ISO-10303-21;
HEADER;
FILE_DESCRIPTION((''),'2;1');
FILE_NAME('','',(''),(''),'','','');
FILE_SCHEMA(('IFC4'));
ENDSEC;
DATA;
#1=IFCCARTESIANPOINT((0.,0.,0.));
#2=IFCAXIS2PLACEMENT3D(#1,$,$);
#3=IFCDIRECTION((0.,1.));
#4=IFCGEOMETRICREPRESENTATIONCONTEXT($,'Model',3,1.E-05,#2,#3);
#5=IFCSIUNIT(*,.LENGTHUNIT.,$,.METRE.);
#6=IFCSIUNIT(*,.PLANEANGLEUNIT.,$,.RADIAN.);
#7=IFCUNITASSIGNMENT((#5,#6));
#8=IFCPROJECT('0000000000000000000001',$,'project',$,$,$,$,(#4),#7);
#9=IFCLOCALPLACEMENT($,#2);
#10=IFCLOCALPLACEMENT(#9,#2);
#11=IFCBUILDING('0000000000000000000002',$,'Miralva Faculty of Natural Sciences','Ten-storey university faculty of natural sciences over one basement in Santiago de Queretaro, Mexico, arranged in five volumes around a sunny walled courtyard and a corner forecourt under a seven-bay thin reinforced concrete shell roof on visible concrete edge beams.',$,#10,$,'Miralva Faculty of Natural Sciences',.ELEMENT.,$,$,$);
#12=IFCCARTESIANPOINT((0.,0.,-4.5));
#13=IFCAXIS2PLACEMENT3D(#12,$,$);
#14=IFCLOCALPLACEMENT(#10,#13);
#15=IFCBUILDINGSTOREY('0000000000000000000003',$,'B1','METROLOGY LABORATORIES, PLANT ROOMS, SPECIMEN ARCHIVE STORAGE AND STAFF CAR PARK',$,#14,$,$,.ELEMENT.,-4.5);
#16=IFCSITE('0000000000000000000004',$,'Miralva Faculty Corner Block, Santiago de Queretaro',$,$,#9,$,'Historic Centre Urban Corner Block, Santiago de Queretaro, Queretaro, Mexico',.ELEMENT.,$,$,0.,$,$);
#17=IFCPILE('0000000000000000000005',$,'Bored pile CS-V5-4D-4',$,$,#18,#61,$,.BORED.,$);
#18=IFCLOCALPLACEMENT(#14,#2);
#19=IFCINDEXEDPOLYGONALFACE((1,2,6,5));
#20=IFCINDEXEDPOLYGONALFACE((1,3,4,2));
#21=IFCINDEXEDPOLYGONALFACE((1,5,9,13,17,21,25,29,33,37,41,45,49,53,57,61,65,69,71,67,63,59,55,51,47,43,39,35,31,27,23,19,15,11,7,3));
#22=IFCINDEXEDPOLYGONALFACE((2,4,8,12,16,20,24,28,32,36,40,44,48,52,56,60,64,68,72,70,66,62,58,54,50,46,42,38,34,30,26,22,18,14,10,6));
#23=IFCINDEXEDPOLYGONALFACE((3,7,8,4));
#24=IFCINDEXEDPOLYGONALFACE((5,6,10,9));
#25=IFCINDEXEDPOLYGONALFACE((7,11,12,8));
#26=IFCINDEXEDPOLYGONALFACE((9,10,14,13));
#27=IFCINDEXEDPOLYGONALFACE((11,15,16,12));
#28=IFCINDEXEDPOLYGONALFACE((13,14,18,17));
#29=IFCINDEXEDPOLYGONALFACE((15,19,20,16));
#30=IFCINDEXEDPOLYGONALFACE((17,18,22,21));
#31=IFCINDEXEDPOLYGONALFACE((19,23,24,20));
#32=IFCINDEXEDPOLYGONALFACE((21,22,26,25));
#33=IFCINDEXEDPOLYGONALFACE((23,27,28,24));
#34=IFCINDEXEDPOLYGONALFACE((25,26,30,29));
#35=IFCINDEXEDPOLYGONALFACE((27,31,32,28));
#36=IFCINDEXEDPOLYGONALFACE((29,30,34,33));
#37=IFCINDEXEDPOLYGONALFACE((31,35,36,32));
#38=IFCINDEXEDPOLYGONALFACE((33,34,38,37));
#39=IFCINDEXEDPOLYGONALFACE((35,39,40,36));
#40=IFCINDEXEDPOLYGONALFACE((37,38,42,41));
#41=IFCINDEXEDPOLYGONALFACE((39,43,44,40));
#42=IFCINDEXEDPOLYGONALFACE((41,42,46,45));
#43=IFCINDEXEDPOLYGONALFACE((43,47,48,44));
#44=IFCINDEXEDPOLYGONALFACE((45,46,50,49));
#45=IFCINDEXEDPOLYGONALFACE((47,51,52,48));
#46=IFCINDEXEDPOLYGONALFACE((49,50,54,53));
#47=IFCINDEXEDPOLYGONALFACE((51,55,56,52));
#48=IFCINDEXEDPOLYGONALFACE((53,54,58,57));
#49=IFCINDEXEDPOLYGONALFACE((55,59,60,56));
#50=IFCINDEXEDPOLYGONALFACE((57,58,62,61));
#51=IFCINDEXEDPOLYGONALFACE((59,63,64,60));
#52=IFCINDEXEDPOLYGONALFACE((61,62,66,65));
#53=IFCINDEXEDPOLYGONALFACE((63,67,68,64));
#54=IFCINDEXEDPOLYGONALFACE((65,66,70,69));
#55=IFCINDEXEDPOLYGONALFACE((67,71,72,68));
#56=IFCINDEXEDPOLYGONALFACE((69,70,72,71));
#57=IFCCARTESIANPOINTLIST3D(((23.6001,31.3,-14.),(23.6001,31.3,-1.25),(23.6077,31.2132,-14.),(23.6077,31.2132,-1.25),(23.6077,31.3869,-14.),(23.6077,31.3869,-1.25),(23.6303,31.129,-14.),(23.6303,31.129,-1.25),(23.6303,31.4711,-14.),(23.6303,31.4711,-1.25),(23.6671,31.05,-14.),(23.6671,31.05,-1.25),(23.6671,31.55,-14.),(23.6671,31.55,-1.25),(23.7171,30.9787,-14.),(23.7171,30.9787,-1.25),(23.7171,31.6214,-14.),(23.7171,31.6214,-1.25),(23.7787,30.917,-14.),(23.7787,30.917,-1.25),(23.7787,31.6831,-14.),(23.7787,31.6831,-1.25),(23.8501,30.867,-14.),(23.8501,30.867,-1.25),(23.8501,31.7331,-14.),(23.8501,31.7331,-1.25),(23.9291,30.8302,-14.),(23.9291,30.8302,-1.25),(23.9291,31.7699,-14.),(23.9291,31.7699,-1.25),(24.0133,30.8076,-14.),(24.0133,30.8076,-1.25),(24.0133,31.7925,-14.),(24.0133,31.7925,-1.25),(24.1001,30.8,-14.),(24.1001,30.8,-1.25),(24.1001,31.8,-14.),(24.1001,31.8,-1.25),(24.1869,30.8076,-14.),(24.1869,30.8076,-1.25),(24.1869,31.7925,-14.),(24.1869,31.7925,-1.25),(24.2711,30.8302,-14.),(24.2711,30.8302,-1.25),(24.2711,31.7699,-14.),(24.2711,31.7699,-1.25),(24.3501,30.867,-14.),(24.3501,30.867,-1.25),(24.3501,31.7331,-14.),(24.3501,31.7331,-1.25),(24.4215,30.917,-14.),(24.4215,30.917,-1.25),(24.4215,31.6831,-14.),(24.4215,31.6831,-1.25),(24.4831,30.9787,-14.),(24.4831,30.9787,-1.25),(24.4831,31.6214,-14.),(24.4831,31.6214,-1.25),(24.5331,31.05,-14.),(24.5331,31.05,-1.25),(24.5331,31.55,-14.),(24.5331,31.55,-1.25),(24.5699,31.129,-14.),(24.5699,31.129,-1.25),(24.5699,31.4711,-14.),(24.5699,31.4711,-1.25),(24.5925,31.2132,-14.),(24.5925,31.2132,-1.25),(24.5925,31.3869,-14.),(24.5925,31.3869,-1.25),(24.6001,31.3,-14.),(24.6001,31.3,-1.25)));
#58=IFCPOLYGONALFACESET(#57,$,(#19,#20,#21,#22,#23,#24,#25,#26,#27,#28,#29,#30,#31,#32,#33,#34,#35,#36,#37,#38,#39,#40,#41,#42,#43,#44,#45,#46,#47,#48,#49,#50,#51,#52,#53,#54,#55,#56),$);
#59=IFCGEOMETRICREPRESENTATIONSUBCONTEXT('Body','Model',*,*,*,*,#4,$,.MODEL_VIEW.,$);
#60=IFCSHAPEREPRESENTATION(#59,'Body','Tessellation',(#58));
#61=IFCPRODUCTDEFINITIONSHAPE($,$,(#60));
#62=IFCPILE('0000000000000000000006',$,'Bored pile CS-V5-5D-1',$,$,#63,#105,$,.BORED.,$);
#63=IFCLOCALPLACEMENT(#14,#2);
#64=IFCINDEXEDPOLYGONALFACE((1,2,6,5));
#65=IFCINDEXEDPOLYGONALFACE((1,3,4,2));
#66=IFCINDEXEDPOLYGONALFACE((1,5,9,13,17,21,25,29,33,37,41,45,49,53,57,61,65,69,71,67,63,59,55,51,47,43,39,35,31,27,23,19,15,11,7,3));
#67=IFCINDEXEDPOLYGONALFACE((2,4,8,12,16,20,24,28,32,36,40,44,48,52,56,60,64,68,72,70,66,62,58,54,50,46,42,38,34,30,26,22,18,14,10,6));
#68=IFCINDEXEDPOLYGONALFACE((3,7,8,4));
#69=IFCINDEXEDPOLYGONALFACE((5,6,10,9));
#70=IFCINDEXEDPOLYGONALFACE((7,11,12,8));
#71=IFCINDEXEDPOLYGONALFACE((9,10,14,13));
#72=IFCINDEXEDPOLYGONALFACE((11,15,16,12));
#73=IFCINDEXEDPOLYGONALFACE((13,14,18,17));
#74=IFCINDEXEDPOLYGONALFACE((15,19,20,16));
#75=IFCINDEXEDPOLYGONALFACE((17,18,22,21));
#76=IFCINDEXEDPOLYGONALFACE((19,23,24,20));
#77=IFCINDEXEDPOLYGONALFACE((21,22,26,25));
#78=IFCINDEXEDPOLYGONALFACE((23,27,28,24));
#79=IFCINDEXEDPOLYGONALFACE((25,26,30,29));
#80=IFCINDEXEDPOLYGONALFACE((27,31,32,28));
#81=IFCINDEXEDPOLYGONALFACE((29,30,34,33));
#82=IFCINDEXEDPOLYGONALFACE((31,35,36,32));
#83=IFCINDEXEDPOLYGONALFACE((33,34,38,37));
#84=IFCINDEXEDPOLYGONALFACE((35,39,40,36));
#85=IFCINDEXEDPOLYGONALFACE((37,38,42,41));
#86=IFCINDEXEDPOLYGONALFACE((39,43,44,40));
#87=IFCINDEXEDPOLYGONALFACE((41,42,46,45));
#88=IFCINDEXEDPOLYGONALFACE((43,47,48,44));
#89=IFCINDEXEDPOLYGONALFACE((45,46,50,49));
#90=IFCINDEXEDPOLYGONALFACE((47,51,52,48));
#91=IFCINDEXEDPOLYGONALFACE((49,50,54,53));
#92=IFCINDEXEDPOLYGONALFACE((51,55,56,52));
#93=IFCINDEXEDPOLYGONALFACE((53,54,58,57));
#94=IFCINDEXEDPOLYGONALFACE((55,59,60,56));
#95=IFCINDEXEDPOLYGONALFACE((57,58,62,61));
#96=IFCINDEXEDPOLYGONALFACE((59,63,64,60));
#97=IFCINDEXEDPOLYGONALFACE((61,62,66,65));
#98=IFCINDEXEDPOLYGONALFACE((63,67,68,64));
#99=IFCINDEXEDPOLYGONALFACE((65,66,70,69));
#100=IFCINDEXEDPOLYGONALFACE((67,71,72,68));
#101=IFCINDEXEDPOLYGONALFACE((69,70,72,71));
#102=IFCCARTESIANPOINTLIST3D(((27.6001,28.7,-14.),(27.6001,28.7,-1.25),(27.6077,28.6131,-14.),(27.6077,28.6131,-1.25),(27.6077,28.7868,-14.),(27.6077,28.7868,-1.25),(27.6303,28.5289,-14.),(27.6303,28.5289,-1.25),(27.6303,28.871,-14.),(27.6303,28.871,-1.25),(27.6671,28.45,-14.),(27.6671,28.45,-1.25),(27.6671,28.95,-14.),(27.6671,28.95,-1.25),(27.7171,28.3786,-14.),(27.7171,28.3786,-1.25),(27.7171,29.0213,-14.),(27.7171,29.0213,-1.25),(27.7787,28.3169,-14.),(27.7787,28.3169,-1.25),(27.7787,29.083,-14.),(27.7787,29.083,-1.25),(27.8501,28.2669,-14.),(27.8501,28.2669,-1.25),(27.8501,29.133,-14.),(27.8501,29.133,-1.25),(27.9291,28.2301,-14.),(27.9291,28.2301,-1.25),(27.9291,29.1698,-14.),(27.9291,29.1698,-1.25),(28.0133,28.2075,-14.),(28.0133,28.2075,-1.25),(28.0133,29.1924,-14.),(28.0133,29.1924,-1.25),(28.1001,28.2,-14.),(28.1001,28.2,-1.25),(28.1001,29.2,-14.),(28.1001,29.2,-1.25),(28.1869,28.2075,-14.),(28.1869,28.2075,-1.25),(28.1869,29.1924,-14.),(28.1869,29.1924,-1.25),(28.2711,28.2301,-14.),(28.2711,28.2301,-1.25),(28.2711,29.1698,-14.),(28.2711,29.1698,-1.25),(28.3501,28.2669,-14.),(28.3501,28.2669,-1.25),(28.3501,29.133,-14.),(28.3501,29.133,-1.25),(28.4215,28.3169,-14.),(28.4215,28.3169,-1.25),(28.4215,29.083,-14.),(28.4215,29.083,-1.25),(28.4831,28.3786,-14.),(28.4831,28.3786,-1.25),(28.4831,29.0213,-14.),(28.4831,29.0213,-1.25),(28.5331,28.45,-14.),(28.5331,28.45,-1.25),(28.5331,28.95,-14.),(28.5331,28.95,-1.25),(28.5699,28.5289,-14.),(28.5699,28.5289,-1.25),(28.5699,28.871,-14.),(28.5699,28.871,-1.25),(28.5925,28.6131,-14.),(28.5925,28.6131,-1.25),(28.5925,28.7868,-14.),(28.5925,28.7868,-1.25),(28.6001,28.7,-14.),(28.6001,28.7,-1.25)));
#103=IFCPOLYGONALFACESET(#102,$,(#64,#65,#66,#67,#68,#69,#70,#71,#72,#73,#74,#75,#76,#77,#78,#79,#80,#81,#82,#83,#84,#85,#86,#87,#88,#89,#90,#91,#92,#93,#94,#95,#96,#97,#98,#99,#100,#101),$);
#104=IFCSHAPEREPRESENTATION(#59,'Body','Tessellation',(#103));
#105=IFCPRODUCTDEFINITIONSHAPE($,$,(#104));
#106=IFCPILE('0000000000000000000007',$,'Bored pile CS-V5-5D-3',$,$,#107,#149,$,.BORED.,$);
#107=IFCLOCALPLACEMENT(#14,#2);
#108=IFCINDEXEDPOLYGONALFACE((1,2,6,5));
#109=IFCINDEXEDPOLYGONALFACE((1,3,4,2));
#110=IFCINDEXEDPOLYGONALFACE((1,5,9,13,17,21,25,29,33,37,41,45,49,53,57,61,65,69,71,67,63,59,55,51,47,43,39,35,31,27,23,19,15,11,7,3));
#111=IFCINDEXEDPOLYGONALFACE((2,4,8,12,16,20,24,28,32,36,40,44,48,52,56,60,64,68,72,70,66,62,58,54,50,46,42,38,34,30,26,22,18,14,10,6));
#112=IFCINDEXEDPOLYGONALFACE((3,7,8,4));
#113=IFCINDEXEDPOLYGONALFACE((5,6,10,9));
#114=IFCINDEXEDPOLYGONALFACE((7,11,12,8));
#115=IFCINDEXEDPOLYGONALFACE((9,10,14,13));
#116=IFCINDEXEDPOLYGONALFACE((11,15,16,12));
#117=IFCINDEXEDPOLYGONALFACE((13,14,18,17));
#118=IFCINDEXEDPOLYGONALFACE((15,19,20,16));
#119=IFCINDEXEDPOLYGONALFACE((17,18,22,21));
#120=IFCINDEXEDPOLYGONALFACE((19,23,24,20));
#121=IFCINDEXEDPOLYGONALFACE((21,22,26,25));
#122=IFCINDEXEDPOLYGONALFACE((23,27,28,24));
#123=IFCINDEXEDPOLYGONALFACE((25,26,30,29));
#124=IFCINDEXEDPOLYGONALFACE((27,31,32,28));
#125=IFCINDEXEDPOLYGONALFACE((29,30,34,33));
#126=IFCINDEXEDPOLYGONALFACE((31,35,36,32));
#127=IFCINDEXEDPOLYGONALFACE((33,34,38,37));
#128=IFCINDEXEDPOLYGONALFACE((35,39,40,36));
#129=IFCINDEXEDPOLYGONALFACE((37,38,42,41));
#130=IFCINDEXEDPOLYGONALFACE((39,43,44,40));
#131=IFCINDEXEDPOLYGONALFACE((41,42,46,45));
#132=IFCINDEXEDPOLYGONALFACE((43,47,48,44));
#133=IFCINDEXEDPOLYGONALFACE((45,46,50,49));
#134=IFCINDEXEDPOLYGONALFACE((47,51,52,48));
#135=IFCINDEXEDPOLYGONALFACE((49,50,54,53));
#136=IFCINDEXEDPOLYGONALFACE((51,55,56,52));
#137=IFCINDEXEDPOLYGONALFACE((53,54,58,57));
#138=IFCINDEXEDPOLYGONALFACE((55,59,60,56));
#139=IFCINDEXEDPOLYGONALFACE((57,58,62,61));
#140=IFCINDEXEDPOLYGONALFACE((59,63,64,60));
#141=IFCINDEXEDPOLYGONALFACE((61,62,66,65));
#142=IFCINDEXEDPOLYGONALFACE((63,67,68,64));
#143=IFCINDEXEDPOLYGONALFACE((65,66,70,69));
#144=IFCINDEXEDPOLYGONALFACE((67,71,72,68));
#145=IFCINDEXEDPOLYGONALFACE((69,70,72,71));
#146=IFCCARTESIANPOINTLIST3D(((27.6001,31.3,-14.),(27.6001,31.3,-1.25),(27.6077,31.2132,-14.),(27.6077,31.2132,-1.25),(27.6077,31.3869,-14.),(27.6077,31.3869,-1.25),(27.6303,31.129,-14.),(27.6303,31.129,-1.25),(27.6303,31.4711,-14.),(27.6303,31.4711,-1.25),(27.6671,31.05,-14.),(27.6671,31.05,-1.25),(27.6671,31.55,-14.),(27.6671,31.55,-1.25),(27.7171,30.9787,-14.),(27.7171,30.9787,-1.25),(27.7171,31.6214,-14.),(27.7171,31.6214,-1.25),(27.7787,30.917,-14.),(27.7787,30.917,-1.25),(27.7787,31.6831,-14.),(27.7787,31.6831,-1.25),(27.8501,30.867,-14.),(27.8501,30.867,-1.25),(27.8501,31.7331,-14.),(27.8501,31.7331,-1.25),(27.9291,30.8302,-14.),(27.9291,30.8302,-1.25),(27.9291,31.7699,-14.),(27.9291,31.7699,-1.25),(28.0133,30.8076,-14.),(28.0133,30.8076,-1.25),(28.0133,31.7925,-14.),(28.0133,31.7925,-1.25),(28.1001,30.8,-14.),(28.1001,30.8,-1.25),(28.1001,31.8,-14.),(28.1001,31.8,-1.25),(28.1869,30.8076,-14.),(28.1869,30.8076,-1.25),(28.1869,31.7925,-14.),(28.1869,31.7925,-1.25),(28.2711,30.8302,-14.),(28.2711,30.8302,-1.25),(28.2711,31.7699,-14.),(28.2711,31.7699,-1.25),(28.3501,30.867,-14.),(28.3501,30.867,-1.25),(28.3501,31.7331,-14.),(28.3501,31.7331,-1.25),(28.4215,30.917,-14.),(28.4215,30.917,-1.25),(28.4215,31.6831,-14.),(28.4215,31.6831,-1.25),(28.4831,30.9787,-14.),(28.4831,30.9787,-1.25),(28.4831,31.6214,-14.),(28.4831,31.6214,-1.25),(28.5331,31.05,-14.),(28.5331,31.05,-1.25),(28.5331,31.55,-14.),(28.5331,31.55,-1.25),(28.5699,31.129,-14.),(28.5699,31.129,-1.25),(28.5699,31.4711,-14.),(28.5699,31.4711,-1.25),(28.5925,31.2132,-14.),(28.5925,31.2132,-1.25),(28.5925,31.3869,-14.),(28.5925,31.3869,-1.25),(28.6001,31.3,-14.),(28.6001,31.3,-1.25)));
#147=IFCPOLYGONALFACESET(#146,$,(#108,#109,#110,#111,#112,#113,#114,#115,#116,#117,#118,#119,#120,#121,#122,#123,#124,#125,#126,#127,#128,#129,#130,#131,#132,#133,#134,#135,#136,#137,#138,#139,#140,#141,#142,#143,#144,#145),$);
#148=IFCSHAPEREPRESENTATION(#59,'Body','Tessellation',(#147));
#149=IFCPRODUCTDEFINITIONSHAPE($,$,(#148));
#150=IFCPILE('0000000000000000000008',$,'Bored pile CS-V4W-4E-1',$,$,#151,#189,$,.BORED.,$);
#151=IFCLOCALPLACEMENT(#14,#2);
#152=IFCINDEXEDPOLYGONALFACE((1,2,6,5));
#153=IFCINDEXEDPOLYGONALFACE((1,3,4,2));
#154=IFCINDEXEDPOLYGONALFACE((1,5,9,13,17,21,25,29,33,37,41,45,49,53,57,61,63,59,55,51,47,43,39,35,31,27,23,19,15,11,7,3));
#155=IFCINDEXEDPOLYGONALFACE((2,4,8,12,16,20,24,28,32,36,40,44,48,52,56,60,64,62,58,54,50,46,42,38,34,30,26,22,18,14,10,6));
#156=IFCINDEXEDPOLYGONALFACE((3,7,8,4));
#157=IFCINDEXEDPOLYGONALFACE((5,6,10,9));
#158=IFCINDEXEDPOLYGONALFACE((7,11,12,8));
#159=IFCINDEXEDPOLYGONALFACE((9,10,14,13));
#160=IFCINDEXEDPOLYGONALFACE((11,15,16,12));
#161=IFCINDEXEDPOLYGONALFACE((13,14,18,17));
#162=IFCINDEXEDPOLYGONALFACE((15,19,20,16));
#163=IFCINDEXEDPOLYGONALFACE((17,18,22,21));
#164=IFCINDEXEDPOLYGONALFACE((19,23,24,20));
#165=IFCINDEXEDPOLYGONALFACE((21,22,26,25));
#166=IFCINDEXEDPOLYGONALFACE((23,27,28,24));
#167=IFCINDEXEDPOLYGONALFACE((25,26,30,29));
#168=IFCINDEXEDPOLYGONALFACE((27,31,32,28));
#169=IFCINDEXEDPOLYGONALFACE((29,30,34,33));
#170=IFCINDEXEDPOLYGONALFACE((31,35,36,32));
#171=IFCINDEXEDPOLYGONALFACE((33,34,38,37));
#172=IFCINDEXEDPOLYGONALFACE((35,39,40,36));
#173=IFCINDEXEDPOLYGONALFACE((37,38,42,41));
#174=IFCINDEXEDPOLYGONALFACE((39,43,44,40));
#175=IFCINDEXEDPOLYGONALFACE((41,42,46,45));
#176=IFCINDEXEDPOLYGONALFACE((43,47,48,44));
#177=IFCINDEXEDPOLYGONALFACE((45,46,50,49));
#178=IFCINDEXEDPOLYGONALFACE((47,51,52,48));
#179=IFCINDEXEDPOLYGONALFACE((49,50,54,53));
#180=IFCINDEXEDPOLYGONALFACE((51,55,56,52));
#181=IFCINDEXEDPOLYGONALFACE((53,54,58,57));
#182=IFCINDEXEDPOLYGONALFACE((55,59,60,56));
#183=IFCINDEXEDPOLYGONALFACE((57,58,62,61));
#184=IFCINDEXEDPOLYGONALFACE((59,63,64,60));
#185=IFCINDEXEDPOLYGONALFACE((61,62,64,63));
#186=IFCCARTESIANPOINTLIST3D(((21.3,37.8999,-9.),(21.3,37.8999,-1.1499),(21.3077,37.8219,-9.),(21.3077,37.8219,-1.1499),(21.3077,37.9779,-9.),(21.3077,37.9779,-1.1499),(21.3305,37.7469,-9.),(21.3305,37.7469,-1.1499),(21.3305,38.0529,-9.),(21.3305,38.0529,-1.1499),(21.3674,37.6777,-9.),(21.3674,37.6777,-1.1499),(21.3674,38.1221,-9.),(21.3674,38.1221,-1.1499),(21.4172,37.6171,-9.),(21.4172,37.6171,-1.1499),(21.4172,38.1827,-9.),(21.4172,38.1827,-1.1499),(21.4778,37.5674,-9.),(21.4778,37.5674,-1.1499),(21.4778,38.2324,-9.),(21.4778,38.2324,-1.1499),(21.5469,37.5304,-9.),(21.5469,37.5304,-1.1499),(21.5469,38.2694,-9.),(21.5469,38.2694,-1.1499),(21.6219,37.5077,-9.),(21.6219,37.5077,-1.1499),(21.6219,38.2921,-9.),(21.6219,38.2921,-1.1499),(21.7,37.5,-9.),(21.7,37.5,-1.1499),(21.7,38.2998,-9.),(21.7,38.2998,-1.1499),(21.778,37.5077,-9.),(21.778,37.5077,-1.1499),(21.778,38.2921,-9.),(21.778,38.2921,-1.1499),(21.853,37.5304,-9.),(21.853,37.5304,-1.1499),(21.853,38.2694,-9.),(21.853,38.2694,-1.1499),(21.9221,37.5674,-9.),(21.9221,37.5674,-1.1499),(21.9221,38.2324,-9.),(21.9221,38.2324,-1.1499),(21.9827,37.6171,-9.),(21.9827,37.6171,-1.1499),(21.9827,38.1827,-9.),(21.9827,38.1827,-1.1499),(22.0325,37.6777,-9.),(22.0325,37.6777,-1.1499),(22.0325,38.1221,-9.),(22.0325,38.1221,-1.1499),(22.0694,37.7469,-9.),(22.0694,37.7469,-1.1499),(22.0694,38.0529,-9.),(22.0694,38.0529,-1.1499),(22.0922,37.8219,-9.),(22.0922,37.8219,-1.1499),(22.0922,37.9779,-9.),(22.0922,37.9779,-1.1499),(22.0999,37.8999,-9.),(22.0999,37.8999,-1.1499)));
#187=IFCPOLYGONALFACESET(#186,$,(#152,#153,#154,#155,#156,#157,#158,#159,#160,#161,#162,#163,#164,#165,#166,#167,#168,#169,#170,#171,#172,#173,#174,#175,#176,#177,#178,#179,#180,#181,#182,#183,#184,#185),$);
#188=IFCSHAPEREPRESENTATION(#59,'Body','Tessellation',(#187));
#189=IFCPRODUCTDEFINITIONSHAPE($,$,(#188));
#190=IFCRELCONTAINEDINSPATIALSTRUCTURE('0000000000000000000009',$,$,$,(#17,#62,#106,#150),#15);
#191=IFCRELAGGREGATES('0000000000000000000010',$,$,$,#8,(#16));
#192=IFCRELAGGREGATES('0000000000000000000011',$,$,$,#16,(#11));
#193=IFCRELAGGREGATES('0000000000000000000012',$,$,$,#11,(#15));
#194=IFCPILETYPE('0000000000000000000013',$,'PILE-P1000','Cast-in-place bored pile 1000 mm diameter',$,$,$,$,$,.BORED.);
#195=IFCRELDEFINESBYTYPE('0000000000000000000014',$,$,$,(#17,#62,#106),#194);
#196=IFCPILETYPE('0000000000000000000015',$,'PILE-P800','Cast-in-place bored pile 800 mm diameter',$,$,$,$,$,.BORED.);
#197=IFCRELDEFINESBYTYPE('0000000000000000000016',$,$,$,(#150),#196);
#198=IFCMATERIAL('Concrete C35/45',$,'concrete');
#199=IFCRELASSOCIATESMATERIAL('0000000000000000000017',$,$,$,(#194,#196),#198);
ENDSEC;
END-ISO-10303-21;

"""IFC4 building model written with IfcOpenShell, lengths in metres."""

from ifc_helpers import new_model, si_unit, direction, frame, origin, origin_2d, place, context, subcontext, project, spatial, circle, extrude, material, material_profile, profile_set, type_object, element, save


model = new_model("IFC4")

# Units and contexts
model_context = context("Model", 3, precision=1e-05, world=origin(), true_north=direction((0.0, 1.0)))
body_context = subcontext(model_context, "Body", "Model", "MODEL_VIEW")
ifc_project = project(units=[si_unit("LENGTHUNIT", "METRE"), si_unit("PLANEANGLEUNIT", "RADIAN")], contexts=[model_context])

# Site, building, storey
site_placement = place(None, origin())
site = spatial("IfcSite", under=ifc_project, at=site_placement, Name="Miralva Faculty Corner Block, Santiago de Queretaro", LongName="Historic Centre Urban Corner Block, Santiago de Queretaro, Queretaro, Mexico", CompositionType="ELEMENT", RefElevation=0.0)
building_placement = place(site_placement, origin())
building = spatial("IfcBuilding", under=site, at=building_placement, Name="Miralva Faculty of Natural Sciences", Description="Ten-storey university faculty of natural sciences over one basement in Santiago de Queretaro, Mexico, arranged in five volumes around a sunny walled courtyard and a corner forecourt under a seven-bay thin reinforced concrete shell roof on visible concrete edge beams.", LongName="Miralva Faculty of Natural Sciences", CompositionType="ELEMENT")
storey_placement = place(building_placement, frame((0.0, 0.0, -4.5)))
storey = spatial("IfcBuildingStorey", under=building, at=storey_placement, Name="B1", Description="METROLOGY LABORATORIES, PLANT ROOMS, SPECIMEN ARCHIVE STORAGE AND STAFF CAR PARK", CompositionType="ELEMENT", Elevation=-4.5)

# Shared definitions
ifc_material_1 = material(Name="Concrete C35/45", Category="concrete")

# Piles
ifc_material_profile_1 = material_profile(ifc_material_1, circle(Radius=0.5, at=origin_2d()), Name="BORED PILE 1000")
ifc_profile_set_1 = profile_set([ifc_material_profile_1], Name="Concrete C35/45")
pile_type_1 = type_object("IfcPileType", Name="PILE-P1000", Description="Cast-in-place bored pile 1000 mm diameter", PredefinedType="BORED", material=ifc_profile_set_1)
for number, where, z_axis, x_axis, name in (
    (1, (24.1001, 31.3, -1.25), (0.0, 0.0, -1.0), (1.0, 0.0, 0.0), "Bored pile CS-V5-4D-4"),
    (2, (28.1001, 28.7, -1.25), (0.0, 0.0, -1.0), (1.0, 0.0, 0.0), "Bored pile CS-V5-5D-1"),
    (3, (28.1001, 31.3, -1.25), (0.0, 0.0, -1.0), (1.0, 0.0, 0.0), "Bored pile CS-V5-5D-3"),
):
    element("IfcPile", number, at=place(storey_placement, frame(where, z_axis=z_axis, x_axis=x_axis)), inside=storey, type_object=pile_type_1, Name=name, PredefinedType="BORED", context=body_context, shape_type="SweptSolid", body=[
        extrude(circle(Radius=0.5, at=origin_2d()), origin(), (0.0, 0.0, 1.0), 12.75),
    ])
ifc_material_profile_2 = material_profile(ifc_material_1, circle(Radius=0.3999, at=origin_2d()), Name="BORED PILE 800")
ifc_profile_set_2 = profile_set([ifc_material_profile_2], Name="Concrete C35/45")
pile_type_2 = type_object("IfcPileType", Name="PILE-P800", Description="Cast-in-place bored pile 800 mm diameter", PredefinedType="BORED", material=ifc_profile_set_2)
for number, where, z_axis, x_axis, name in (
    (4, (21.7, 37.8999, -1.1499), (0.0, 0.0, -1.0), (1.0, 0.0, 0.0), "Bored pile CS-V4W-4E-1"),
):
    element("IfcPile", number, at=place(storey_placement, frame(where, z_axis=z_axis, x_axis=x_axis)), inside=storey, type_object=pile_type_2, Name=name, PredefinedType="BORED", context=body_context, shape_type="SweptSolid", body=[
        extrude(circle(Radius=0.3999, at=origin_2d()), origin(), (0.0, 0.0, 1.0), 7.8501),
    ])

save(model, "model.ifc")
